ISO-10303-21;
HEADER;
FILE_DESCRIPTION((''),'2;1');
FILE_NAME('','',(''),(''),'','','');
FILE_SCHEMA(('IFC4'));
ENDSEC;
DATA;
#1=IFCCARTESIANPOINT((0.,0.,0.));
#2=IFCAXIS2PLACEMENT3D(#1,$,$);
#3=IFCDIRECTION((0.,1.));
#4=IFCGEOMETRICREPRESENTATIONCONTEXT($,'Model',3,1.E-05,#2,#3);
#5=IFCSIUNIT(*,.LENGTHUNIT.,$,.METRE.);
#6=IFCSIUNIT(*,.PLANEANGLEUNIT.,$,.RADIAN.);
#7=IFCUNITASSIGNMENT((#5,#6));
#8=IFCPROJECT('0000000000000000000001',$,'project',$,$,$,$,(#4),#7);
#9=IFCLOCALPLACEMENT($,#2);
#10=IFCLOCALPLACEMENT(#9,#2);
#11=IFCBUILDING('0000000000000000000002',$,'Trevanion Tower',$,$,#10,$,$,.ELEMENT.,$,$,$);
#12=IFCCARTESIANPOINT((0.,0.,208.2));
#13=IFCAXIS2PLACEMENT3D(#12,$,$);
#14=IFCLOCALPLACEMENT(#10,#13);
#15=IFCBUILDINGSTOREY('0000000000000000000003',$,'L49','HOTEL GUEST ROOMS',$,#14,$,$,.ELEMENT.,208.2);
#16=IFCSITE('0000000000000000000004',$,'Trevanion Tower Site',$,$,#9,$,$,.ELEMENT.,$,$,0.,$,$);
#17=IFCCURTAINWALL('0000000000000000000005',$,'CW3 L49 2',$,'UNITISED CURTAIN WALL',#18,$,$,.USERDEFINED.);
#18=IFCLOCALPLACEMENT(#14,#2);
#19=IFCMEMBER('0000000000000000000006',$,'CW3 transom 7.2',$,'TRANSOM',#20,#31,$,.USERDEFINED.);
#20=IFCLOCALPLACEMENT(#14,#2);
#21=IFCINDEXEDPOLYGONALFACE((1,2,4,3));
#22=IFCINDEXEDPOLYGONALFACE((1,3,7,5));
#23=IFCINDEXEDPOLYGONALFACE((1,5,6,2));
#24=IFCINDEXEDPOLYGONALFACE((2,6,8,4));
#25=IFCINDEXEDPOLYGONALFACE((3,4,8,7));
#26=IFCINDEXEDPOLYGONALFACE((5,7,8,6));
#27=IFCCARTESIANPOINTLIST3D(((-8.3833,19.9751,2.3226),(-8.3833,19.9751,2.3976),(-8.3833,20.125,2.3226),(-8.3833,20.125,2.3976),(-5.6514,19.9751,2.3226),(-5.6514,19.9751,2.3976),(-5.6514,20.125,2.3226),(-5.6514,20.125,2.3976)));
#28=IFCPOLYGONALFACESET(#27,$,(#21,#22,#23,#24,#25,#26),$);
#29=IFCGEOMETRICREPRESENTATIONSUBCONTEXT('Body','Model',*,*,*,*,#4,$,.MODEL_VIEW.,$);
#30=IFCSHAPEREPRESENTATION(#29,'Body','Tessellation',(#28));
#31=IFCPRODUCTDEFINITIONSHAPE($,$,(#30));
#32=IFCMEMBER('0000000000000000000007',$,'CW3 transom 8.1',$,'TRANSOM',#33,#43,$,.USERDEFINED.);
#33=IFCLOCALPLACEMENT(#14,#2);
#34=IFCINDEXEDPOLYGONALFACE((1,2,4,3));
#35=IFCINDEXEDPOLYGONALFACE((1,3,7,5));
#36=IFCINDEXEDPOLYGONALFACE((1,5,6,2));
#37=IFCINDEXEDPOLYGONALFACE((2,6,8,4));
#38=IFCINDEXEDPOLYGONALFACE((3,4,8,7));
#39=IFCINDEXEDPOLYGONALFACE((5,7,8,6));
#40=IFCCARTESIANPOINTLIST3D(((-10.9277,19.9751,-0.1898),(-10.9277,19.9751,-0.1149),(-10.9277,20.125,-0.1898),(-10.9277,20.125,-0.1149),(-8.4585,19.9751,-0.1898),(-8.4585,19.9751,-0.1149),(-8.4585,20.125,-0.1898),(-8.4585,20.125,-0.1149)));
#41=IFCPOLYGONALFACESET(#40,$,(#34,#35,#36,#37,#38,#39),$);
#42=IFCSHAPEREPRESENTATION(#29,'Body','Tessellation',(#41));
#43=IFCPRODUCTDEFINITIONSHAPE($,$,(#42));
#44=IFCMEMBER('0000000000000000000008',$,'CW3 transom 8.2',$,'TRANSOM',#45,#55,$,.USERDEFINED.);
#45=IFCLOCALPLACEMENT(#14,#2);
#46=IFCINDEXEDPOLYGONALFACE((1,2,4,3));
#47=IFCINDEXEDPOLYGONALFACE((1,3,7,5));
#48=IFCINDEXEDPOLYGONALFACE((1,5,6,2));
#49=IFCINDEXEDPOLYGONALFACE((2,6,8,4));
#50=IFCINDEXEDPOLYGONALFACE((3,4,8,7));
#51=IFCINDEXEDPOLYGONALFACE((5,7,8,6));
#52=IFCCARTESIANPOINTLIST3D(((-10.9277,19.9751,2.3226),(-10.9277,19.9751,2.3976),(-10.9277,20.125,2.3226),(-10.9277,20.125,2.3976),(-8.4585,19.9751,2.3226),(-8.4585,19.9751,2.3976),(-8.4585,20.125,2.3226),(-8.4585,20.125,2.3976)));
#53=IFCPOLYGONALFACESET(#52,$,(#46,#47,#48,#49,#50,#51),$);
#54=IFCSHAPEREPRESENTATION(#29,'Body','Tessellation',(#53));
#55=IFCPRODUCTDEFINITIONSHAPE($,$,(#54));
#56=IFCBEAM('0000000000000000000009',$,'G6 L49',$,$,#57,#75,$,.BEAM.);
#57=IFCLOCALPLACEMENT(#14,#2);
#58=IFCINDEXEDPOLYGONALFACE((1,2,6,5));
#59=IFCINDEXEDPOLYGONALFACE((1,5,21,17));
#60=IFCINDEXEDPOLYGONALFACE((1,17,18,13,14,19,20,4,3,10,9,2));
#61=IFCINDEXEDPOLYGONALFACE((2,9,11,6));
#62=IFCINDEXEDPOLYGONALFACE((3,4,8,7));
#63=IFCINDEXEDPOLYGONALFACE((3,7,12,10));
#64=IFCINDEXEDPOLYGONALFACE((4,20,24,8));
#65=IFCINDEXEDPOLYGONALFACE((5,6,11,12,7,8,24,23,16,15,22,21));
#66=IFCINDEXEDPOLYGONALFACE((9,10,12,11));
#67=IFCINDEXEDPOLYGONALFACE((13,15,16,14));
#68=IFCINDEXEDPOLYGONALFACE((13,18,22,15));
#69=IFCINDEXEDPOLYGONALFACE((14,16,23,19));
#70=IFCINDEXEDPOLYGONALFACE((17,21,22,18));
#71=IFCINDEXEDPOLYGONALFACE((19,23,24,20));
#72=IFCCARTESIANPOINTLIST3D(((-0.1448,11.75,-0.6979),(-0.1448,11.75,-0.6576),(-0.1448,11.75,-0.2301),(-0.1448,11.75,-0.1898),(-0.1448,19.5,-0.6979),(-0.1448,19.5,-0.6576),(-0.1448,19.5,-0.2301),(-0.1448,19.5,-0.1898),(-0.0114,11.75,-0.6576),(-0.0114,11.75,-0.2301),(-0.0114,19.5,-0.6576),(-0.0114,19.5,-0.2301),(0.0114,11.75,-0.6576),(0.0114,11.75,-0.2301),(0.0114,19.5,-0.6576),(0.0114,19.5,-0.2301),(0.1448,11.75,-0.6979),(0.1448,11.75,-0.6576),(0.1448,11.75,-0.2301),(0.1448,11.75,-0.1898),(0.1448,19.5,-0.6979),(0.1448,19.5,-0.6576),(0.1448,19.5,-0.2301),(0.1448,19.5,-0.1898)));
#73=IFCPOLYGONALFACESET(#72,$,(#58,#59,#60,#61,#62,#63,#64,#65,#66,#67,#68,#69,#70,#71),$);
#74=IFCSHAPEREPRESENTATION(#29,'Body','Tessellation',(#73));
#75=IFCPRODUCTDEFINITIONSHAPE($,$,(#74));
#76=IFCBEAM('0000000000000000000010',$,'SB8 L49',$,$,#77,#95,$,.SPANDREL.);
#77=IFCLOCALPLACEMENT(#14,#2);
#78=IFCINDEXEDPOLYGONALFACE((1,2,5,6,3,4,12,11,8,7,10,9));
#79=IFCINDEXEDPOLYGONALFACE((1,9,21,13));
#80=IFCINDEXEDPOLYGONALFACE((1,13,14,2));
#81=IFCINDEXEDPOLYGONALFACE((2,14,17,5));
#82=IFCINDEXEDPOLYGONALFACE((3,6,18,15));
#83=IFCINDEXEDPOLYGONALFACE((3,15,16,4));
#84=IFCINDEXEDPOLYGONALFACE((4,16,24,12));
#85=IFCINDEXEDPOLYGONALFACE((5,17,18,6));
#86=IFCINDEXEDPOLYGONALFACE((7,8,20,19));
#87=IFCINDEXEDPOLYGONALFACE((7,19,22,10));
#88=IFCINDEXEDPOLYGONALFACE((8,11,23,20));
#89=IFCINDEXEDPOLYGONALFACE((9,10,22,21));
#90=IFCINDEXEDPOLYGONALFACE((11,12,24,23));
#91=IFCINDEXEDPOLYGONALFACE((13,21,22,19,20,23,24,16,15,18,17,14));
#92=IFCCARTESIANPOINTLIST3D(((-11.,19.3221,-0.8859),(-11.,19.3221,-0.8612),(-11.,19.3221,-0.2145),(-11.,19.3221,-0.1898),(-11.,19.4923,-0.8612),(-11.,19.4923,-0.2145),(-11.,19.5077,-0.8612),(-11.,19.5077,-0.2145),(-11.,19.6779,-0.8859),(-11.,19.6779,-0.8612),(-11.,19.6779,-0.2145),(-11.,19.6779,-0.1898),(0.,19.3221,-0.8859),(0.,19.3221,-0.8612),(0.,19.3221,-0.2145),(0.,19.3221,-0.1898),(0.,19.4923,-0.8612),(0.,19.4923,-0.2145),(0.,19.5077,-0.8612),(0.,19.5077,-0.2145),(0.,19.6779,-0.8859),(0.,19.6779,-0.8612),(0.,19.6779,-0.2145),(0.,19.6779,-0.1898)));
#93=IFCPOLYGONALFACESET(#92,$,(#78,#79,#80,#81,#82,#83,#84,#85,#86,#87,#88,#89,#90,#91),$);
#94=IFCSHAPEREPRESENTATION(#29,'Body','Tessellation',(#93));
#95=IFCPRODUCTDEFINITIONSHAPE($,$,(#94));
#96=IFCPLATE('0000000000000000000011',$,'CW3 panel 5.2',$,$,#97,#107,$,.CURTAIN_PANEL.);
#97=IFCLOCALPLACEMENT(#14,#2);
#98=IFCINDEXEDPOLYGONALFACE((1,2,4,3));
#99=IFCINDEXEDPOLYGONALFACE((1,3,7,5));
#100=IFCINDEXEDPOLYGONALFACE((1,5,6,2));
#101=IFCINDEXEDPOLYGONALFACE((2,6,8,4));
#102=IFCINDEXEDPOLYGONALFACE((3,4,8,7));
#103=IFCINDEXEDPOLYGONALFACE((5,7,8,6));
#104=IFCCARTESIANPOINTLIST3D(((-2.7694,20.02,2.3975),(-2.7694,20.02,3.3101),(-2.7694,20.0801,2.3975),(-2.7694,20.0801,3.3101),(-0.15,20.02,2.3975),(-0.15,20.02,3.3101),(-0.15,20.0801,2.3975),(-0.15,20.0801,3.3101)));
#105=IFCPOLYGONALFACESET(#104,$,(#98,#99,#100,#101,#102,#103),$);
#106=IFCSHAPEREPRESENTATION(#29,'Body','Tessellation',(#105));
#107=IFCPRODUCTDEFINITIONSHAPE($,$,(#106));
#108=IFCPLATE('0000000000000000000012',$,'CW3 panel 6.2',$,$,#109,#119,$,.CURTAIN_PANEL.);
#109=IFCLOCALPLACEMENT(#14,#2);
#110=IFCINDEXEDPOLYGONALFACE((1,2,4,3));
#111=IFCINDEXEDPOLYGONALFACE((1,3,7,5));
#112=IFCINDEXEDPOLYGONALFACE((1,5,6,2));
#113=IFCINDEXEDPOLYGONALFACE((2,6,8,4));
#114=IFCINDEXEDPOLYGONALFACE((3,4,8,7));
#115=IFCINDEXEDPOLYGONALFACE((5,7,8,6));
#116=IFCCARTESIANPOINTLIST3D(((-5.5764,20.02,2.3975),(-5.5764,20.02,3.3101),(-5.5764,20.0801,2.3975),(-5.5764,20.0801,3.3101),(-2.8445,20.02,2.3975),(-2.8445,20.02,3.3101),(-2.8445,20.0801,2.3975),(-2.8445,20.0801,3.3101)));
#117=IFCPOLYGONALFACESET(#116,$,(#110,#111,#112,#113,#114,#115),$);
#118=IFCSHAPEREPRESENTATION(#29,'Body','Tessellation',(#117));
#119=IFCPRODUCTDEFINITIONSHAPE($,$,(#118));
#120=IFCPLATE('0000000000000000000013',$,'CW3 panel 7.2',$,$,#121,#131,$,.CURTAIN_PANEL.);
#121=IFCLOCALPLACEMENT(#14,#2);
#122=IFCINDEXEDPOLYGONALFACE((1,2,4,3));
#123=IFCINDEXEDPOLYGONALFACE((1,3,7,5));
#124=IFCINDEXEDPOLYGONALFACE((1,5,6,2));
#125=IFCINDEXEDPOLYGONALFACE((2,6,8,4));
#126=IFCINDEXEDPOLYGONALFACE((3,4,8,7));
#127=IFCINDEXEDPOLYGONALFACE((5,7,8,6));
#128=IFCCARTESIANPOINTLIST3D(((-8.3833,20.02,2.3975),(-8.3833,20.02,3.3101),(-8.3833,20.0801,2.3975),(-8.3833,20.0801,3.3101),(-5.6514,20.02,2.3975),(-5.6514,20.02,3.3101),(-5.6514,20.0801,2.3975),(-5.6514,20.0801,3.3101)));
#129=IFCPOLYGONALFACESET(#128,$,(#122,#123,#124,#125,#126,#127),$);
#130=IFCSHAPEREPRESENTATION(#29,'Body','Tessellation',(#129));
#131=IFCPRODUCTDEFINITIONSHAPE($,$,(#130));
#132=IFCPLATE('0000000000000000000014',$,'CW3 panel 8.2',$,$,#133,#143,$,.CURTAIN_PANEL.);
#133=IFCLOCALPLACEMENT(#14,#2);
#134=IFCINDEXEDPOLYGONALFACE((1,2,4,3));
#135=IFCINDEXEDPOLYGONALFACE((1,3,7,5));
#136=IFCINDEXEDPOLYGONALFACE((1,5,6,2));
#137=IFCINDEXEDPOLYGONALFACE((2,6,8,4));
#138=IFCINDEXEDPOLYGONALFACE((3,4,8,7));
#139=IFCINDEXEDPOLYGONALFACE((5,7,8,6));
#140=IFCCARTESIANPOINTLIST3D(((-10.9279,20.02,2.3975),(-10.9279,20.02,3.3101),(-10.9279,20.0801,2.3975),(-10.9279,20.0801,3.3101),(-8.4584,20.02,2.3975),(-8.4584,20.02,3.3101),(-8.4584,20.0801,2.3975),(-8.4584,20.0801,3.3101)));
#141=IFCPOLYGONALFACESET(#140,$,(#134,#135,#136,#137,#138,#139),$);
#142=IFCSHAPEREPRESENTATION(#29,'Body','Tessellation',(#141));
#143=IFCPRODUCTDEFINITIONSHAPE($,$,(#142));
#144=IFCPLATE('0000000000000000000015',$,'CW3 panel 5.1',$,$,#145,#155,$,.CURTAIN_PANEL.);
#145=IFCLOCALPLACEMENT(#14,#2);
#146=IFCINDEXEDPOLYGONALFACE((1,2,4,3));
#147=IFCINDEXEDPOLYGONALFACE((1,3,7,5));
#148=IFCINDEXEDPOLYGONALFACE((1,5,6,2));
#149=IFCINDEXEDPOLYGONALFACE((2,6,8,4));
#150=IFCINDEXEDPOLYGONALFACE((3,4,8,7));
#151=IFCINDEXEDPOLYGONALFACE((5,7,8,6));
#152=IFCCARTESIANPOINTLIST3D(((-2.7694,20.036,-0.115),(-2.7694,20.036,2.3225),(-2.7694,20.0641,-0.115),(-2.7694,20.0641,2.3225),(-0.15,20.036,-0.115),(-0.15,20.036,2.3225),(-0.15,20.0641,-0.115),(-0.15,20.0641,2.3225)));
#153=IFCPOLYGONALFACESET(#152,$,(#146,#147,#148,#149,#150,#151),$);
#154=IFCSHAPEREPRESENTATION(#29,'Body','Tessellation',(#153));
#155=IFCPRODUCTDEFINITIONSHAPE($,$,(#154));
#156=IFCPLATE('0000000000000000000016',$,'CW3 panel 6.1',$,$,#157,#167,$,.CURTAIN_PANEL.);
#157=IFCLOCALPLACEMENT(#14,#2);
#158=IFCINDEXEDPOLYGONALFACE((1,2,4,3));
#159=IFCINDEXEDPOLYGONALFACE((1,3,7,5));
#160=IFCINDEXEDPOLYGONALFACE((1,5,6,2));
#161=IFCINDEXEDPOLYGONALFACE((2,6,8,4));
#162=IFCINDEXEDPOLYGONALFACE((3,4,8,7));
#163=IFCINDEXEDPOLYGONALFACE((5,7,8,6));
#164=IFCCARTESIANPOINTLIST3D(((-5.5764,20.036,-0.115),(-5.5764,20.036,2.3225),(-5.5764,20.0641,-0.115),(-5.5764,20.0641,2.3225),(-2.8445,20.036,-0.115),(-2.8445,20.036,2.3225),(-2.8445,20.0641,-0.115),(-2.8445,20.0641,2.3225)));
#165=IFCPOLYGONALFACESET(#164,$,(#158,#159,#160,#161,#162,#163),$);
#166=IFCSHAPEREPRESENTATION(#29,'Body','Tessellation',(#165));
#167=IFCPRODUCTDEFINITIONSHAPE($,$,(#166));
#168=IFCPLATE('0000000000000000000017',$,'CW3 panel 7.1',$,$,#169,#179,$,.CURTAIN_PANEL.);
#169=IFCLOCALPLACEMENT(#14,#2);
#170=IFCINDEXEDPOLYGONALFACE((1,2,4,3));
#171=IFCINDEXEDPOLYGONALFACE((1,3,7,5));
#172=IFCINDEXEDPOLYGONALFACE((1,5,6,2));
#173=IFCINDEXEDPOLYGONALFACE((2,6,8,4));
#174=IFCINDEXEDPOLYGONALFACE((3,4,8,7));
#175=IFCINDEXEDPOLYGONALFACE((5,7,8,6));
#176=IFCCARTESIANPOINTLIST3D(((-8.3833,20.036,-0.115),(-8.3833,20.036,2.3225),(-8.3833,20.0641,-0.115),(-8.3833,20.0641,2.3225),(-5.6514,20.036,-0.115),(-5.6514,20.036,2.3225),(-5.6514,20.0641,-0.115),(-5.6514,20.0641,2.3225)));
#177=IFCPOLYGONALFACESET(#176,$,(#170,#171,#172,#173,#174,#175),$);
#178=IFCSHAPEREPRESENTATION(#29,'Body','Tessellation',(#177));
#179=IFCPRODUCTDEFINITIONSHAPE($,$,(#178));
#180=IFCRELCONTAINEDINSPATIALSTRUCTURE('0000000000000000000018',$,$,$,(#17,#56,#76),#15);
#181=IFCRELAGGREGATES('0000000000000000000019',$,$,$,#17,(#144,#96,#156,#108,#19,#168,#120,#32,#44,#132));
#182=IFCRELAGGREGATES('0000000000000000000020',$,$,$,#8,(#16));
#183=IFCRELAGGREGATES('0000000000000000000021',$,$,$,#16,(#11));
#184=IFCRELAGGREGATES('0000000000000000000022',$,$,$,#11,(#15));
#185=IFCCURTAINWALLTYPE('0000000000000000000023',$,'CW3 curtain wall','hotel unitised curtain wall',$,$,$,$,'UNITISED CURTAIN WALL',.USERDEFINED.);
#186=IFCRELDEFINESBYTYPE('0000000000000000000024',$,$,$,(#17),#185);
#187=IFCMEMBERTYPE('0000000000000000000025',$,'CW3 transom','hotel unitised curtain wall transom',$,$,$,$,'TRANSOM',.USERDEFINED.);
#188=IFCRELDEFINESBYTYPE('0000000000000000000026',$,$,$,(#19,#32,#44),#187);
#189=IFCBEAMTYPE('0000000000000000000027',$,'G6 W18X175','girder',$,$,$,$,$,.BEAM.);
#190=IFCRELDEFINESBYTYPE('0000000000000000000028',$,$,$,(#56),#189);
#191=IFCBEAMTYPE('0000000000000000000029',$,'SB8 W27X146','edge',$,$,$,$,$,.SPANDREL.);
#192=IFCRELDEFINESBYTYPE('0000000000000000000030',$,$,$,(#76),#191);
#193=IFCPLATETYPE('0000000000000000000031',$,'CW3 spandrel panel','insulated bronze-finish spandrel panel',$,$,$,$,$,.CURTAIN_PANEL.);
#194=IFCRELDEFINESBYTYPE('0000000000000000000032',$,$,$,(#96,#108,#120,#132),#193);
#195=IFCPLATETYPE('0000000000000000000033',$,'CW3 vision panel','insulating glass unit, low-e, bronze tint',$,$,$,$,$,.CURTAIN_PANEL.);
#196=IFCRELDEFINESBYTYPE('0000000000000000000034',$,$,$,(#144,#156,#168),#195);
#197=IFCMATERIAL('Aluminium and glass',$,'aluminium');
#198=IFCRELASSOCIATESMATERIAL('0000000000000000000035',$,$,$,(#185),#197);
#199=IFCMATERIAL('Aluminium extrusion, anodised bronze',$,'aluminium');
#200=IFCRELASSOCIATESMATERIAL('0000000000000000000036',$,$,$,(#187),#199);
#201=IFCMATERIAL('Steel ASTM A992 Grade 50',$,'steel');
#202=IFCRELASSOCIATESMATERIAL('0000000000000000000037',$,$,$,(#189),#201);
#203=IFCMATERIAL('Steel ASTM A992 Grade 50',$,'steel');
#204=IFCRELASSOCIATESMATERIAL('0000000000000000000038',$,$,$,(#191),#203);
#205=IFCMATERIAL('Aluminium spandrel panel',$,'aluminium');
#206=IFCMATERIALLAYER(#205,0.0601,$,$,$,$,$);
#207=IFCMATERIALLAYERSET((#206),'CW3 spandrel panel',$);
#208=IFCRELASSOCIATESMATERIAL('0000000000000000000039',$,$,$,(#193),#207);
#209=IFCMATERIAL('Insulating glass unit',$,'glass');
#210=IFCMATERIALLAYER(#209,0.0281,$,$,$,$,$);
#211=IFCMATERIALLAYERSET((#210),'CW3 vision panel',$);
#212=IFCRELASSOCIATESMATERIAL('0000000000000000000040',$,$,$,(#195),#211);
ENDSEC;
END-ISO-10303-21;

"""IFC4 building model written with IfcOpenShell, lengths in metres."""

from ifc_helpers import new_model, si_unit, direction, frame, origin, origin_2d, place, context, subcontext, project, spatial, rectangle, i_section, extrude, material, layer, layer_set, material_profile, profile_set, type_object, element, aggregate, save


model = new_model("IFC4")

# Units and contexts
model_context = context("Model", 3, precision=1e-05, world=origin(), true_north=direction((0.0, 1.0)))
body_context = subcontext(model_context, "Body", "Model", "MODEL_VIEW")
ifc_project = project(units=[si_unit("LENGTHUNIT", "METRE"), si_unit("PLANEANGLEUNIT", "RADIAN")], contexts=[model_context])

# Site, building, storey
site_placement = place(None, origin())
site = spatial("IfcSite", under=ifc_project, at=site_placement, Name="Trevanion Tower Site", CompositionType="ELEMENT", RefElevation=0.0)
building_placement = place(site_placement, origin())
building = spatial("IfcBuilding", under=site, at=building_placement, Name="Trevanion Tower", CompositionType="ELEMENT")
storey_placement = place(building_placement, frame((0.0, 0.0, 208.2)))
storey = spatial("IfcBuildingStorey", under=building, at=storey_placement, Name="L49", Description="HOTEL GUEST ROOMS", CompositionType="ELEMENT", Elevation=208.2)

# Curtain wall, members
ifc_material_1 = material(Name="Aluminium and glass", Category="aluminium")
curtain_wall_type = type_object("IfcCurtainWallType", Name="CW3 curtain wall", Description="hotel unitised curtain wall", ElementType="UNITISED CURTAIN WALL", PredefinedType="USERDEFINED", material=ifc_material_1)
curtain_wall_placement = place(storey_placement, origin())
curtain_wall = element("IfcCurtainWall", 1, at=curtain_wall_placement, inside=storey, type_object=curtain_wall_type, Name="CW3 L49 2", ObjectType="UNITISED CURTAIN WALL", PredefinedType="USERDEFINED")
ifc_material_2 = material(Name="Aluminium extrusion, anodised bronze", Category="aluminium")
ifc_material_profile_1 = material_profile(ifc_material_2, rectangle(XDim=0.1499, YDim=0.075, at=origin_2d()), Name="CW3 transom")
ifc_profile_set_1 = profile_set([ifc_material_profile_1], Name="Aluminium extrusion, anodised bronze")
member_type_1 = type_object("IfcMemberType", Name="CW3 transom", Description="hotel unitised curtain wall transom", ElementType="TRANSOM", PredefinedType="USERDEFINED", material=ifc_profile_set_1)
member_1_placement = place(storey_placement, frame((-5.6514, 20.05, 2.3601), z_axis=(-1.0, 0.0, 0.0), x_axis=(0.0, -1.0, 0.0)))
member_1 = element("IfcMember", 2, at=member_1_placement, type_object=member_type_1, Name="CW3 transom 7.2", ObjectType="TRANSOM", PredefinedType="USERDEFINED", context=body_context, shape_type="SweptSolid", body=[
    extrude(rectangle(XDim=0.1499, YDim=0.075, at=origin_2d()), origin(), (0.0, 0.0, 1.0), 2.7319),
])
member_2_placement = place(storey_placement, frame((-8.4585, 20.05, -0.1523), z_axis=(-1.0, 0.0, 0.0), x_axis=(0.0, -1.0, 0.0)))
member_2 = element("IfcMember", 3, at=member_2_placement, type_object=member_type_1, Name="CW3 transom 8.1", ObjectType="TRANSOM", PredefinedType="USERDEFINED", context=body_context, shape_type="SweptSolid", body=[
    extrude(rectangle(XDim=0.1499, YDim=0.075, at=origin_2d()), origin(), (0.0, 0.0, 1.0), 2.4692),
])
member_3_placement = place(storey_placement, frame((-8.4585, 20.05, 2.3601), z_axis=(-1.0, 0.0, 0.0), x_axis=(0.0, -1.0, 0.0)))
member_3 = element("IfcMember", 4, at=member_3_placement, type_object=member_type_1, Name="CW3 transom 8.2", ObjectType="TRANSOM", PredefinedType="USERDEFINED", context=body_context, shape_type="SweptSolid", body=[
    extrude(rectangle(XDim=0.1499, YDim=0.075, at=origin_2d()), origin(), (0.0, 0.0, 1.0), 2.4692),
])

# Beams
ifc_material_3 = material(Name="Steel ASTM A992 Grade 50", Category="steel")
ifc_material_profile_2 = material_profile(ifc_material_3, i_section(OverallWidth=0.2896, OverallDepth=0.5081, WebThickness=0.0227, FlangeThickness=0.0403, at=origin_2d()), Name="W18X175")
ifc_profile_set_2 = profile_set([ifc_material_profile_2], Name="Steel ASTM A992 Grade 50")
beam_type_1 = type_object("IfcBeamType", Name="G6 W18X175", Description="girder", PredefinedType="BEAM", material=ifc_profile_set_2)
beam_1_placement = place(storey_placement, frame((0.0, 11.75, -0.4438), z_axis=(0.0, 1.0, 0.0), x_axis=(-1.0, 0.0, 0.0)))
element("IfcBeam", 5, at=beam_1_placement, inside=storey, type_object=beam_type_1, Name="G6 L49", PredefinedType="BEAM", context=body_context, shape_type="SweptSolid", body=[
    extrude(i_section(OverallWidth=0.2896, OverallDepth=0.5081, WebThickness=0.0227, FlangeThickness=0.0403, at=origin_2d()), origin(), (0.0, 0.0, 1.0), 7.75),
])
ifc_material_4 = material(Name="Steel ASTM A992 Grade 50", Category="steel")
ifc_material_profile_3 = material_profile(ifc_material_4, i_section(OverallWidth=0.3557, OverallDepth=0.696, WebThickness=0.0154, FlangeThickness=0.0247, at=origin_2d()), Name="W27X146")
ifc_profile_set_3 = profile_set([ifc_material_profile_3], Name="Steel ASTM A992 Grade 50")
beam_type_2 = type_object("IfcBeamType", Name="SB8 W27X146", Description="edge", PredefinedType="SPANDREL", material=ifc_profile_set_3)
beam_2_placement = place(storey_placement, frame((0.0, 19.5, -0.5378), z_axis=(-1.0, 0.0, 0.0), x_axis=(0.0, -1.0, 0.0)))
element("IfcBeam", 6, at=beam_2_placement, inside=storey, type_object=beam_type_2, Name="SB8 L49", PredefinedType="SPANDREL", context=body_context, shape_type="SweptSolid", body=[
    extrude(i_section(OverallWidth=0.3557, OverallDepth=0.696, WebThickness=0.0154, FlangeThickness=0.0247, at=origin_2d()), origin(), (0.0, 0.0, 1.0), 11.0),
])

# Plates
ifc_material_5 = material(Name="Aluminium spandrel panel", Category="aluminium")
ifc_layer_1 = layer(ifc_material_5, 0.0601)
ifc_layer_set_1 = layer_set([ifc_layer_1], Name="CW3 spandrel panel")
plate_type_1 = type_object("IfcPlateType", Name="CW3 spandrel panel", Description="insulated bronze-finish spandrel panel", PredefinedType="CURTAIN_PANEL", material=ifc_layer_set_1)
plate_1_placement = place(storey_placement, frame((-1.4597, 20.05, 2.3975), z_axis=(0.0, 0.0, 1.0), x_axis=(-1.0, 0.0, 0.0)))
plate_1 = element("IfcPlate", 7, at=plate_1_placement, type_object=plate_type_1, Name="CW3 panel 5.2", PredefinedType="CURTAIN_PANEL", context=body_context, shape_type="SweptSolid", body=[
    extrude(rectangle(XDim=2.6194, YDim=0.0601, at=origin_2d()), origin(), (0.0, 0.0, 1.0), 0.9126),
])
plate_2_placement = place(storey_placement, frame((-4.2104, 20.05, 2.3975), z_axis=(0.0, 0.0, 1.0), x_axis=(-1.0, 0.0, 0.0)))
plate_2 = element("IfcPlate", 8, at=plate_2_placement, type_object=plate_type_1, Name="CW3 panel 6.2", PredefinedType="CURTAIN_PANEL", context=body_context, shape_type="SweptSolid", body=[
    extrude(rectangle(XDim=2.7319, YDim=0.0601, at=origin_2d()), origin(), (0.0, 0.0, 1.0), 0.9126),
])
plate_3_placement = place(storey_placement, frame((-7.0173, 20.05, 2.3975), z_axis=(0.0, 0.0, 1.0), x_axis=(-1.0, 0.0, 0.0)))
plate_3 = element("IfcPlate", 9, at=plate_3_placement, type_object=plate_type_1, Name="CW3 panel 7.2", PredefinedType="CURTAIN_PANEL", context=body_context, shape_type="SweptSolid", body=[
    extrude(rectangle(XDim=2.7319, YDim=0.0601, at=origin_2d()), origin(), (0.0, 0.0, 1.0), 0.9126),
])
plate_4_placement = place(storey_placement, frame((-9.6931, 20.05, 2.3975), z_axis=(0.0, 0.0, 1.0), x_axis=(-1.0, 0.0, 0.0)))
plate_4 = element("IfcPlate", 10, at=plate_4_placement, type_object=plate_type_1, Name="CW3 panel 8.2", PredefinedType="CURTAIN_PANEL", context=body_context, shape_type="SweptSolid", body=[
    extrude(rectangle(XDim=2.4695, YDim=0.0601, at=origin_2d()), origin(), (0.0, 0.0, 1.0), 0.9126),
])
ifc_material_6 = material(Name="Insulating glass unit", Category="glass")
ifc_layer_2 = layer(ifc_material_6, 0.0281)
ifc_layer_set_2 = layer_set([ifc_layer_2], Name="CW3 vision panel")
plate_type_2 = type_object("IfcPlateType", Name="CW3 vision panel", Description="insulating glass unit, low-e, bronze tint", PredefinedType="CURTAIN_PANEL", material=ifc_layer_set_2)
plate_5_placement = place(storey_placement, frame((-1.4597, 20.05, -0.115), z_axis=(0.0, 0.0, 1.0), x_axis=(-1.0, 0.0, 0.0)))
plate_5 = element("IfcPlate", 11, at=plate_5_placement, type_object=plate_type_2, Name="CW3 panel 5.1", PredefinedType="CURTAIN_PANEL", context=body_context, shape_type="SweptSolid", body=[
    extrude(rectangle(XDim=2.6194, YDim=0.0281, at=origin_2d()), origin(), (0.0, 0.0, 1.0), 2.4375),
])
plate_6_placement = place(storey_placement, frame((-4.2104, 20.05, -0.115), z_axis=(0.0, 0.0, 1.0), x_axis=(-1.0, 0.0, 0.0)))
plate_6 = element("IfcPlate", 12, at=plate_6_placement, type_object=plate_type_2, Name="CW3 panel 6.1", PredefinedType="CURTAIN_PANEL", context=body_context, shape_type="SweptSolid", body=[
    extrude(rectangle(XDim=2.7319, YDim=0.0281, at=origin_2d()), origin(), (0.0, 0.0, 1.0), 2.4375),
])
plate_7_placement = place(storey_placement, frame((-7.0173, 20.05, -0.115), z_axis=(0.0, 0.0, 1.0), x_axis=(-1.0, 0.0, 0.0)))
plate_7 = element("IfcPlate", 13, at=plate_7_placement, type_object=plate_type_2, Name="CW3 panel 7.1", PredefinedType="CURTAIN_PANEL", context=body_context, shape_type="SweptSolid", body=[
    extrude(rectangle(XDim=2.7319, YDim=0.0281, at=origin_2d()), origin(), (0.0, 0.0, 1.0), 2.4375),
])
aggregate(curtain_wall, [plate_5, plate_1, plate_6, plate_2, member_1, plate_7, plate_3, member_2, member_3, plate_4])

save(model, "model.ifc")
